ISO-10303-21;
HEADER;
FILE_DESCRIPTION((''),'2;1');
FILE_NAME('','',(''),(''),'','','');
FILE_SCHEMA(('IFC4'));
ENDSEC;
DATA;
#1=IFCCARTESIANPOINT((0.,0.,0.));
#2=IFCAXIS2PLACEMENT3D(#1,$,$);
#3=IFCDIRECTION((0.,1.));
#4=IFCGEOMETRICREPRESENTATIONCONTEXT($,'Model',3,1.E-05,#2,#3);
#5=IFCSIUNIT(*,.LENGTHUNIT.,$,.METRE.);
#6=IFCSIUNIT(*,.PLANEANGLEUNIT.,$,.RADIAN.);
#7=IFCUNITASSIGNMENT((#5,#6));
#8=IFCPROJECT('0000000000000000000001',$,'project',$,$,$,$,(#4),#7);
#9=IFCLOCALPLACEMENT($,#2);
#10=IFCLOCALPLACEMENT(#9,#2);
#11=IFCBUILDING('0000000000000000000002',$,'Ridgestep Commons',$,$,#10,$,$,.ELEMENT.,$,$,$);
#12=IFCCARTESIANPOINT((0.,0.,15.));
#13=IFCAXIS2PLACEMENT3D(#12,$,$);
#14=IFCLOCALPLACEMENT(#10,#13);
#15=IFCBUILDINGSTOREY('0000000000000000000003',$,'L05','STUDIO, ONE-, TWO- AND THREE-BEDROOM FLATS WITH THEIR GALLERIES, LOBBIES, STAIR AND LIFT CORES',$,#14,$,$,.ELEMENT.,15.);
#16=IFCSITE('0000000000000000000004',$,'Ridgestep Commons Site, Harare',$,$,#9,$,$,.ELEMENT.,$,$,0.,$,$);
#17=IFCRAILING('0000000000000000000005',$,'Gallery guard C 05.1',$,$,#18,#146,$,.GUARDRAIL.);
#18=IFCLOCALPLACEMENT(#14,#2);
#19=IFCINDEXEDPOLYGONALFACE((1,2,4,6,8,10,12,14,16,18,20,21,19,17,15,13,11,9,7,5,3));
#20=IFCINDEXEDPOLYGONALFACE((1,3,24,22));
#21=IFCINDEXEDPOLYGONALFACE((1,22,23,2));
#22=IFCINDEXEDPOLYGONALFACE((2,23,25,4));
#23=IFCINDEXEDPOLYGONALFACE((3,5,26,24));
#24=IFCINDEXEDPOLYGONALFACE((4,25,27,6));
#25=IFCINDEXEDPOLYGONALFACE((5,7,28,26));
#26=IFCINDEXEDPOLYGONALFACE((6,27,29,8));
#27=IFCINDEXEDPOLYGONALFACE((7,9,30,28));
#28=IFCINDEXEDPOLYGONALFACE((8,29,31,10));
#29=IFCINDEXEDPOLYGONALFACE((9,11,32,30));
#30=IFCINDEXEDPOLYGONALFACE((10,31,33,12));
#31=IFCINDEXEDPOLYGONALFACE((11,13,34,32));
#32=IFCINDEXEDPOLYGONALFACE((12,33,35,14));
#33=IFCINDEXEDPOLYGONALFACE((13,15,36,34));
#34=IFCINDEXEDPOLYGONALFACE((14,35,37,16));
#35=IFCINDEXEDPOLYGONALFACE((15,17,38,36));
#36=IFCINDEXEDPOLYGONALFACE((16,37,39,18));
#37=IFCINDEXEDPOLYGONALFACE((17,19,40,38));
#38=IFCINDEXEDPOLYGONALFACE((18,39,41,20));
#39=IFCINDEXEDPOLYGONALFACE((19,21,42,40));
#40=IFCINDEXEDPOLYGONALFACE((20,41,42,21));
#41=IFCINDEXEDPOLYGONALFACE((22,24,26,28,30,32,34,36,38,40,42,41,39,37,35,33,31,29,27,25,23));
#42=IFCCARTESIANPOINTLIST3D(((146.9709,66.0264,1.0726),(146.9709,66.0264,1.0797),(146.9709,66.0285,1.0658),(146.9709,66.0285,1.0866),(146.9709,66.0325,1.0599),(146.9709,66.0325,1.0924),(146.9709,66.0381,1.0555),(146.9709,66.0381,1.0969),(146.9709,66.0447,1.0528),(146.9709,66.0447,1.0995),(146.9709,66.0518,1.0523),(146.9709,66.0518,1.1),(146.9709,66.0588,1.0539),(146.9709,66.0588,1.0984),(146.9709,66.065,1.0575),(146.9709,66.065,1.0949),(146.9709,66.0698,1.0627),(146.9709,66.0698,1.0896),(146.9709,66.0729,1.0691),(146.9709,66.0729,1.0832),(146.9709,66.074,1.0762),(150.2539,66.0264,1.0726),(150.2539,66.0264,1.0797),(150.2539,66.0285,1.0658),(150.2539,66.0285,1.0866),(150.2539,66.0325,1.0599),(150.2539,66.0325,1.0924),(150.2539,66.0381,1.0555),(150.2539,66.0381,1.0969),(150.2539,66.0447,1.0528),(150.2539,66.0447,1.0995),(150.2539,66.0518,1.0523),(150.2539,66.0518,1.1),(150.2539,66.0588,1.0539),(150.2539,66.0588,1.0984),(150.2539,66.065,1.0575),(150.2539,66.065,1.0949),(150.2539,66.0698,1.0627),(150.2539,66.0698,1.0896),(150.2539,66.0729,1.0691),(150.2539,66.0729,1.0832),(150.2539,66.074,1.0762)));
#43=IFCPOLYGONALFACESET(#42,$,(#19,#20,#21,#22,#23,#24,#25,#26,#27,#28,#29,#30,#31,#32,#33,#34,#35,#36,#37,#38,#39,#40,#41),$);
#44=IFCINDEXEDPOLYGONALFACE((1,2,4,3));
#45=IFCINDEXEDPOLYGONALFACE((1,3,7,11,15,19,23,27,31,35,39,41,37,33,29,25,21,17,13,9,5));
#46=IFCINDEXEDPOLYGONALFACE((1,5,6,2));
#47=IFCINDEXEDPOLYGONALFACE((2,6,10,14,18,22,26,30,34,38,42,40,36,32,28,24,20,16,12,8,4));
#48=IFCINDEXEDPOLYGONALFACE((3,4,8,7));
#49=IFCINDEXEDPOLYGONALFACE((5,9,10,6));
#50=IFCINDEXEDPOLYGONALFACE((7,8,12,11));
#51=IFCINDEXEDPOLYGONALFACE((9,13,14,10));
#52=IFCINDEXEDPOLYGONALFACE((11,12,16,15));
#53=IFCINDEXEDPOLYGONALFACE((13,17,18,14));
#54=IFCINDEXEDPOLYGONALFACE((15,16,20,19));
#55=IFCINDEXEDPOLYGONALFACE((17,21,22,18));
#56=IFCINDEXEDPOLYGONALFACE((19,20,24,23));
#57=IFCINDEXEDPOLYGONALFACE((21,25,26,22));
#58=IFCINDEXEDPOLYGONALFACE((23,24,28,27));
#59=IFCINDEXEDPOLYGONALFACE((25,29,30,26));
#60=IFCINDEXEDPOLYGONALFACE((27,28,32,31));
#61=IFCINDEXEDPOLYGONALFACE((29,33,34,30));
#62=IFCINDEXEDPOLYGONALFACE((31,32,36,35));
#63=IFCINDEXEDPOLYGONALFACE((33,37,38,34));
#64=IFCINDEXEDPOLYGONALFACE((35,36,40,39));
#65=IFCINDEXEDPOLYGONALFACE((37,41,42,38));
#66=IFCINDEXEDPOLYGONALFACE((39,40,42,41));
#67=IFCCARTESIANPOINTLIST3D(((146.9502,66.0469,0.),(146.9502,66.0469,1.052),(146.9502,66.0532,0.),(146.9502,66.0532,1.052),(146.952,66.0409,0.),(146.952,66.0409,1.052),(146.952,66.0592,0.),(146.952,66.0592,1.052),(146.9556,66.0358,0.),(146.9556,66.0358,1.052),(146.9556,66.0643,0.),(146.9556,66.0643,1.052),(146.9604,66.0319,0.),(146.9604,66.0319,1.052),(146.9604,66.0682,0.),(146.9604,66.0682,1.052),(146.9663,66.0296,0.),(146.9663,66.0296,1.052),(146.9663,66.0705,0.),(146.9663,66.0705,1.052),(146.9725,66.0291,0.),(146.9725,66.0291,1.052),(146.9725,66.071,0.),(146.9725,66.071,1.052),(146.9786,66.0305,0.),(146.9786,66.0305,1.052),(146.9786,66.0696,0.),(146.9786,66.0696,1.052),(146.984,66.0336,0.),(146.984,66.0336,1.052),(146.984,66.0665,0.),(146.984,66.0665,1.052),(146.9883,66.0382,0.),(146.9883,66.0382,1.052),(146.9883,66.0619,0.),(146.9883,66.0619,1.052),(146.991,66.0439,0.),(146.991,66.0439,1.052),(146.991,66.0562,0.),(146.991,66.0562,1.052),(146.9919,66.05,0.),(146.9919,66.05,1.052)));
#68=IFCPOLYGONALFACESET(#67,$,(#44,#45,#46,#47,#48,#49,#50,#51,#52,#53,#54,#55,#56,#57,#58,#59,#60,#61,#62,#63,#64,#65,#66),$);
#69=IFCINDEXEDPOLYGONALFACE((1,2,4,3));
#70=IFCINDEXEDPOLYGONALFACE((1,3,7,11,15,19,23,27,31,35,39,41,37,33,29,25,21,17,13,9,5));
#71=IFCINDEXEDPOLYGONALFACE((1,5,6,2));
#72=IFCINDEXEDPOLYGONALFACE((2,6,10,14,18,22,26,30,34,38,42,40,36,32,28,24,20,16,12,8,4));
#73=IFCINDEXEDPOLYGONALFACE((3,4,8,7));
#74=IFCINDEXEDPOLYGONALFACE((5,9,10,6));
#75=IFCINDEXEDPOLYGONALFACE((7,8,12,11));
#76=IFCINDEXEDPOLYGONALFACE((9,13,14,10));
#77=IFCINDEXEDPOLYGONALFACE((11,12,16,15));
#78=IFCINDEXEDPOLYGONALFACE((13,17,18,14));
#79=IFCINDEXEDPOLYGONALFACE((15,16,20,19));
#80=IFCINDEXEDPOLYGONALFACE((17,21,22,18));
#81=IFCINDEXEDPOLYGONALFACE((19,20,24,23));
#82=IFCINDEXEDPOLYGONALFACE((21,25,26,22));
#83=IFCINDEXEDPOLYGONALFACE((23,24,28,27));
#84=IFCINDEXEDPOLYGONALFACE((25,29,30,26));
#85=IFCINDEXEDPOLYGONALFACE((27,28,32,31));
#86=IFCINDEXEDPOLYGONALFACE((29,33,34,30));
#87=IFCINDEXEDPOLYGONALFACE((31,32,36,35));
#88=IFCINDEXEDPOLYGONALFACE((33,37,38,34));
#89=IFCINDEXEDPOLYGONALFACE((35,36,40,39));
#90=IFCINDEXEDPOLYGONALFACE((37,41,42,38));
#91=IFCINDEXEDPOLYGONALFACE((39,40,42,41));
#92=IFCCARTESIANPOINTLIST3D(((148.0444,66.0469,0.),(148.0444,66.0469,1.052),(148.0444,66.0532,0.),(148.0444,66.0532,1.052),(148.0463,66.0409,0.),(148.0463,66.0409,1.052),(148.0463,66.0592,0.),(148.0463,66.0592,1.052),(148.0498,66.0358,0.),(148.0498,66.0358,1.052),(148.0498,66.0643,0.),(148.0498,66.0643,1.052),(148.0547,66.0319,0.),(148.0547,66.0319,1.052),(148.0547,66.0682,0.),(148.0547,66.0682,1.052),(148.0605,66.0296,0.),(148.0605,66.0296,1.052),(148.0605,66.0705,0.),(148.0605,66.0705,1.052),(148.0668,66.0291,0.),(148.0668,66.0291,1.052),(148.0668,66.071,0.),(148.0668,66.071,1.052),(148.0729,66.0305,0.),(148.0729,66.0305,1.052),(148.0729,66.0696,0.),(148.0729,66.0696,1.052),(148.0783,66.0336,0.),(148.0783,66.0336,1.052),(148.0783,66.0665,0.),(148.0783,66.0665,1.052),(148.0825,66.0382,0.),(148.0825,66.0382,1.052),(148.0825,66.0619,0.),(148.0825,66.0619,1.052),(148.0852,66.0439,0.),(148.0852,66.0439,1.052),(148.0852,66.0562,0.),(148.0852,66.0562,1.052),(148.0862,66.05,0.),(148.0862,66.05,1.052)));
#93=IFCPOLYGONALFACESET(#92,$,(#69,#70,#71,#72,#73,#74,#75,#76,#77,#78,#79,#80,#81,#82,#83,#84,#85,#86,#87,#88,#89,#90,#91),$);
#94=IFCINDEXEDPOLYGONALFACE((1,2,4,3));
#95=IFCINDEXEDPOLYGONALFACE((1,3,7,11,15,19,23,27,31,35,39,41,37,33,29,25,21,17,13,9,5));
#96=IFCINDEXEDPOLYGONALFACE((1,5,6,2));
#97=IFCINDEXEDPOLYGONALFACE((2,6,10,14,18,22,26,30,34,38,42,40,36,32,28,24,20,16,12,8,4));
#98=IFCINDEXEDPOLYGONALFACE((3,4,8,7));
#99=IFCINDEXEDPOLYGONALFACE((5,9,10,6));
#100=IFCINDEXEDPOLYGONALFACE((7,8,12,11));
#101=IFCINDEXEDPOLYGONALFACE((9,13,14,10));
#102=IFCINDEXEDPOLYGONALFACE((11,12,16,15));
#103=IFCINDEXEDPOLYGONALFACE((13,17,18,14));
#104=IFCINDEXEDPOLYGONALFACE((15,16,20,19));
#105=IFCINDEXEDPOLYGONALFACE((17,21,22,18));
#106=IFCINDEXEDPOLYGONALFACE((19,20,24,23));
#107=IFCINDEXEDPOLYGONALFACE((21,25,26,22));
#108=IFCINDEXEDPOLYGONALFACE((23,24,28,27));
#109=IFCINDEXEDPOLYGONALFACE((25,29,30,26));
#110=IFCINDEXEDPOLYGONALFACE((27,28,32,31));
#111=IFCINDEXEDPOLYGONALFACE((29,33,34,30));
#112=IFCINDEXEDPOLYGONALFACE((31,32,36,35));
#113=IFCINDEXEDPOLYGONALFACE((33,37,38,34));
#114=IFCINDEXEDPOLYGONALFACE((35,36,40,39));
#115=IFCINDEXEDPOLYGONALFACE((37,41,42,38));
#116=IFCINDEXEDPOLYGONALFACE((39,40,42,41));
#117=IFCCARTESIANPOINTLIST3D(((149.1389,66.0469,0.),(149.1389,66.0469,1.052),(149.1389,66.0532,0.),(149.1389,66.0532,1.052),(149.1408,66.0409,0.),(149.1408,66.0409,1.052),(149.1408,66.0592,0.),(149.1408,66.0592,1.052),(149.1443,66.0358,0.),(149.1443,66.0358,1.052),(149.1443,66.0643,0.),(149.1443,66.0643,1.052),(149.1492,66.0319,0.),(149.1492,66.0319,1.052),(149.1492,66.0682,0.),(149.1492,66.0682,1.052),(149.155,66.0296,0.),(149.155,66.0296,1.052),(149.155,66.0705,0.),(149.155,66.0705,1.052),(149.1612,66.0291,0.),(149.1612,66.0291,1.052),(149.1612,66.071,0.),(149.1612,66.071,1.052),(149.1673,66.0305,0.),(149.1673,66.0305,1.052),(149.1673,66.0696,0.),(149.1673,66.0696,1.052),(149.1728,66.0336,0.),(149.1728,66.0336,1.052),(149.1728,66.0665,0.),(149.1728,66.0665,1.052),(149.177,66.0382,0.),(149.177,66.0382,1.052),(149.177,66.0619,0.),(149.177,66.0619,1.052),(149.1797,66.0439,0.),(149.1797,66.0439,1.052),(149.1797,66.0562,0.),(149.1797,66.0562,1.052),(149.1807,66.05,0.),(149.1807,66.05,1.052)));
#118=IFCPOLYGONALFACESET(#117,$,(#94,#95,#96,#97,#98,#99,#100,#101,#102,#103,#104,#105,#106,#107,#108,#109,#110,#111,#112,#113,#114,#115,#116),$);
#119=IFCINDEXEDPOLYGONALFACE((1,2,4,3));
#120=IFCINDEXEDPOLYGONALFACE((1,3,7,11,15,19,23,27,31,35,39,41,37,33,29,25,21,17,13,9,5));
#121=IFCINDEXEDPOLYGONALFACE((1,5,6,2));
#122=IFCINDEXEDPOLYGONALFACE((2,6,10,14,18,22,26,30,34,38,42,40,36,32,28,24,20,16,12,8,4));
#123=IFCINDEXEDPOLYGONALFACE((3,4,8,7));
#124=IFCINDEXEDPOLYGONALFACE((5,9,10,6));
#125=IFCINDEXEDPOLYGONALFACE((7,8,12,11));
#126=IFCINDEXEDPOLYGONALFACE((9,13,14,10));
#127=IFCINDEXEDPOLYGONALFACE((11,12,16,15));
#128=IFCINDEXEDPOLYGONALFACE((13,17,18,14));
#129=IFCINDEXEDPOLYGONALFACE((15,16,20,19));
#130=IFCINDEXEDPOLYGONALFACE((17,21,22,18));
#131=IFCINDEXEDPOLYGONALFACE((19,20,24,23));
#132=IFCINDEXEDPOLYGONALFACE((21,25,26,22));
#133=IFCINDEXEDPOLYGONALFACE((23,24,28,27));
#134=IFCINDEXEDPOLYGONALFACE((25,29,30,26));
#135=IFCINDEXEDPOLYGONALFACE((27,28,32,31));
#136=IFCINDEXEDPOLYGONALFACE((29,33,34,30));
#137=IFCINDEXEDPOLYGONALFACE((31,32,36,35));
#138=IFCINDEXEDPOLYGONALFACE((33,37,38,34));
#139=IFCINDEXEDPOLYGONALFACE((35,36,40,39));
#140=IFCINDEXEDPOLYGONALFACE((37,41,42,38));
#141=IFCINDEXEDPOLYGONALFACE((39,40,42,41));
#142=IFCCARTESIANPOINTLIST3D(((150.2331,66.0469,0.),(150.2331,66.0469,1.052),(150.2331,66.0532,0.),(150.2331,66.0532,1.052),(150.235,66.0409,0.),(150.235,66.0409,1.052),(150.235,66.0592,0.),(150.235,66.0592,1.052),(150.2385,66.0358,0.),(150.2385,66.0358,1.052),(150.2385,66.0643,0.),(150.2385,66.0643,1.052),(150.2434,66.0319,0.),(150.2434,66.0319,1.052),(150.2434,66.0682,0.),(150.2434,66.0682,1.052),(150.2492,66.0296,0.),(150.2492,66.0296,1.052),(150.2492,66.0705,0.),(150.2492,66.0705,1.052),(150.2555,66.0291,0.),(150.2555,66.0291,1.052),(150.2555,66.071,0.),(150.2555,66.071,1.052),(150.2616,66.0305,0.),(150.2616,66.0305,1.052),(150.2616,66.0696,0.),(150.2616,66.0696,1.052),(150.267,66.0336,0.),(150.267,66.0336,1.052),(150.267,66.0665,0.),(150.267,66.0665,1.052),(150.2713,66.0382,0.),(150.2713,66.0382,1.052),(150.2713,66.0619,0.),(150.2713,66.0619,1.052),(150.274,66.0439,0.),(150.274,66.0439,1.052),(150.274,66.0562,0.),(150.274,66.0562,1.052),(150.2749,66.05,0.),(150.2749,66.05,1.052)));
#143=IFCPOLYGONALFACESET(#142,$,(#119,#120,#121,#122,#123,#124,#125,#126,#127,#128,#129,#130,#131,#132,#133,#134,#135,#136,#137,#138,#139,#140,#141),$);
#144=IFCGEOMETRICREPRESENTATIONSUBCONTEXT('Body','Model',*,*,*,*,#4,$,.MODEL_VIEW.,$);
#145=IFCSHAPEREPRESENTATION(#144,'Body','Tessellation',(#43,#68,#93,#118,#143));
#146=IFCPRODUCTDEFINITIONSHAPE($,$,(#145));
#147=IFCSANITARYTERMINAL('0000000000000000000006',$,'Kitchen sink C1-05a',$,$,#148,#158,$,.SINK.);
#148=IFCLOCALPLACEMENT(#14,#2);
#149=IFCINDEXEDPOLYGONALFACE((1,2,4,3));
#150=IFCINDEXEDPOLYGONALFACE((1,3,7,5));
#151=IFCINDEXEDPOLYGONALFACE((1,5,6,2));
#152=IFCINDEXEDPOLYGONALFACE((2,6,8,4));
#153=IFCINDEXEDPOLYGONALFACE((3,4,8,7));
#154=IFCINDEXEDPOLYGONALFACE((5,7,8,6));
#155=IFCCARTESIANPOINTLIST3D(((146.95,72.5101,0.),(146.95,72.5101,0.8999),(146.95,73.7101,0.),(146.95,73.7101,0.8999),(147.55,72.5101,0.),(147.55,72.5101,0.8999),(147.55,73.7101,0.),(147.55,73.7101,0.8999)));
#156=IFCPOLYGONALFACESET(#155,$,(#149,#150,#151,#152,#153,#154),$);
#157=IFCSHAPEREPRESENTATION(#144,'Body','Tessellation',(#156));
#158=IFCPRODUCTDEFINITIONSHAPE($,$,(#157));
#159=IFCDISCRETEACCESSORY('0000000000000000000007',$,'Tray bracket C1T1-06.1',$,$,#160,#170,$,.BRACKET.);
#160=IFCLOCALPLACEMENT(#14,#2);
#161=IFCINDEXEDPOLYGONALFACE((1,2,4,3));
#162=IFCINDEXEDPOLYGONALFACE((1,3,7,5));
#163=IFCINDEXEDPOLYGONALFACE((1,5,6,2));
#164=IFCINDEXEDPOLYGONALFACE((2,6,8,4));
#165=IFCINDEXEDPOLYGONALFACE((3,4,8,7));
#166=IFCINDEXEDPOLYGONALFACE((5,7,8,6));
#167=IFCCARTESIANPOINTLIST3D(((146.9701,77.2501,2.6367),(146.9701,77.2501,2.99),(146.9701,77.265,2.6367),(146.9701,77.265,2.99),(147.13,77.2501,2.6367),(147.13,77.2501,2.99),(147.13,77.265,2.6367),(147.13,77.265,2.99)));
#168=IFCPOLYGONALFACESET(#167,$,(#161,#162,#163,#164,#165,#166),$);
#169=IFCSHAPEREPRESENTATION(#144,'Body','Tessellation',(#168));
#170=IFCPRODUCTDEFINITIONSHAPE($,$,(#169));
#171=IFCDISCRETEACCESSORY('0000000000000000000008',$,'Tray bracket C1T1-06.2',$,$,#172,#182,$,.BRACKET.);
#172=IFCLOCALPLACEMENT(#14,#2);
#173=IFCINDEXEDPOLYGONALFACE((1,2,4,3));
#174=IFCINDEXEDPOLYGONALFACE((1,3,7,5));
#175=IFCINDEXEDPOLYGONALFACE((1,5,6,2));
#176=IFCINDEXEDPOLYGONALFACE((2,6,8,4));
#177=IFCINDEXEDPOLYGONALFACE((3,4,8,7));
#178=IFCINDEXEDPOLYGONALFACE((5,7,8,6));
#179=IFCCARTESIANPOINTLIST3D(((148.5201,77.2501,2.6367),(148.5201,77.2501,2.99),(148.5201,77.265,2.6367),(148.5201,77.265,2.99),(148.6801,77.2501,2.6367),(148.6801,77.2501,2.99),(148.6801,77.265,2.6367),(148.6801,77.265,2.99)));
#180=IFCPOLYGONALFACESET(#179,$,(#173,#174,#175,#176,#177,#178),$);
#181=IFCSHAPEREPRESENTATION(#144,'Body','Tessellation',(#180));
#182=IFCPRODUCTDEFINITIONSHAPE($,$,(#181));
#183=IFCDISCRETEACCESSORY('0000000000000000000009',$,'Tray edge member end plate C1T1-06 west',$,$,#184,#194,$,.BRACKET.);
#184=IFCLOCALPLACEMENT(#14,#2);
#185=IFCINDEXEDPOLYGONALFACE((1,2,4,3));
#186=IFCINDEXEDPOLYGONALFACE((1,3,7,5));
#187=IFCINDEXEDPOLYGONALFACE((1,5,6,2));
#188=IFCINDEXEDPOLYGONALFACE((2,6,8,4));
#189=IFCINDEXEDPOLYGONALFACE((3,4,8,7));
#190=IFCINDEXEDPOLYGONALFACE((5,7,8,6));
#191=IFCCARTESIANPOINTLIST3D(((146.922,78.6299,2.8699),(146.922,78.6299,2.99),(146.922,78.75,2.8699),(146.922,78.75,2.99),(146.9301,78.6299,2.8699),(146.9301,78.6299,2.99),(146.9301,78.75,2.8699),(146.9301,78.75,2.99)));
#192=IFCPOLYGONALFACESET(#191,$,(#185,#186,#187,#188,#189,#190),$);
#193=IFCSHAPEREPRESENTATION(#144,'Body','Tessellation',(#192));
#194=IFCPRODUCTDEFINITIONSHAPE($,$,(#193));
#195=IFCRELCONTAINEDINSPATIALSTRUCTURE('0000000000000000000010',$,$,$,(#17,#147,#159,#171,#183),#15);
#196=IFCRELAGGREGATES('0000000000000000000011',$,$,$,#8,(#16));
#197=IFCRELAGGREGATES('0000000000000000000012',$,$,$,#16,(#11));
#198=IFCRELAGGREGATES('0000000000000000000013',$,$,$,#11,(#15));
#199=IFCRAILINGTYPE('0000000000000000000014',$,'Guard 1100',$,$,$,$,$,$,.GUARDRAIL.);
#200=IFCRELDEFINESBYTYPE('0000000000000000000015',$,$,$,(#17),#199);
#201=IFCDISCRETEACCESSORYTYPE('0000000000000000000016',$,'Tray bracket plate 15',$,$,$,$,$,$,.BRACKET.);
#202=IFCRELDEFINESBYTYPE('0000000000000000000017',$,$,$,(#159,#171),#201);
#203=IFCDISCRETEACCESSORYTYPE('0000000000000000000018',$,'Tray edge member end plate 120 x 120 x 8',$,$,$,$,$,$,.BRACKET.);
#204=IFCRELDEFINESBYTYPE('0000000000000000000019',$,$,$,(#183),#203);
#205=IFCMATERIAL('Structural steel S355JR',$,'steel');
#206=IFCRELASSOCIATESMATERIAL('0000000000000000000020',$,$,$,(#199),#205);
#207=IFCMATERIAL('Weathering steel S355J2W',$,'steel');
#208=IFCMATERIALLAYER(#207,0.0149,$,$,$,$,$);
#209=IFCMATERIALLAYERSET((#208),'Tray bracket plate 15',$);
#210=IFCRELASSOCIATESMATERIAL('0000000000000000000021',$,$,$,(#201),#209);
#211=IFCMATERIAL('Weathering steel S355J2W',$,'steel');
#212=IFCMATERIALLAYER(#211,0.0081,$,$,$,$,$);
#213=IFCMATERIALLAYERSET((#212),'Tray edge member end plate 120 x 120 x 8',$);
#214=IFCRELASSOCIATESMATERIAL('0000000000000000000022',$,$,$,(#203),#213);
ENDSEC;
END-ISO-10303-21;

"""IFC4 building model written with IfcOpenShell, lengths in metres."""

from ifc_helpers import new_model, si_unit, direction, frame, origin, origin_2d, place, context, subcontext, project, spatial, rectangle, circle, extrude, material, layer, layer_set, type_object, element, save


model = new_model("IFC4")

# Units and contexts
model_context = context("Model", 3, precision=1e-05, world=origin(), true_north=direction((0.0, 1.0)))
body_context = subcontext(model_context, "Body", "Model", "MODEL_VIEW")
ifc_project = project(units=[si_unit("LENGTHUNIT", "METRE"), si_unit("PLANEANGLEUNIT", "RADIAN")], contexts=[model_context])

# Site, building, storey
site_placement = place(None, origin())
site = spatial("IfcSite", under=ifc_project, at=site_placement, Name="Ridgestep Commons Site, Harare", CompositionType="ELEMENT", RefElevation=0.0)
building_placement = place(site_placement, origin())
building = spatial("IfcBuilding", under=site, at=building_placement, Name="Ridgestep Commons", CompositionType="ELEMENT")
storey_placement = place(building_placement, frame((0.0, 0.0, 15.0)))
storey = spatial("IfcBuildingStorey", under=building, at=storey_placement, Name="L05", Description="STUDIO, ONE-, TWO- AND THREE-BEDROOM FLATS WITH THEIR GALLERIES, LOBBIES, STAIR AND LIFT CORES", CompositionType="ELEMENT", Elevation=15.0)

# Railing
ifc_material_1 = material(Name="Structural steel S355JR", Category="steel")
railing_type = type_object("IfcRailingType", Name="Guard 1100", PredefinedType="GUARDRAIL", material=ifc_material_1)
railing_placement = place(storey_placement, frame((146.9709, 66.05, 0.0)))
element("IfcRailing", 1, at=railing_placement, inside=storey, type_object=railing_type, Name="Gallery guard C 05.1", PredefinedType="GUARDRAIL", context=body_context, shape_type="SweptSolid", body=[
    extrude(circle(Radius=0.0239, at=origin_2d()), frame((0.0, 0.0, 1.0762), z_axis=(1.0, 0.0, 0.0), x_axis=(0.0, 1.0, 0.0)), (0.0, 0.0, 1.0), 3.283),
    extrude(circle(Radius=0.021, at=origin_2d()), origin(), (0.0, 0.0, 1.0), 1.052),
    extrude(circle(Radius=0.021, at=origin_2d()), frame((1.0942, 0.0, 0.0)), (0.0, 0.0, 1.0), 1.052),
    extrude(circle(Radius=0.021, at=origin_2d()), frame((2.1887, 0.0, 0.0)), (0.0, 0.0, 1.0), 1.052),
    extrude(circle(Radius=0.021, at=origin_2d()), frame((3.283, 0.0, 0.0)), (0.0, 0.0, 1.0), 1.052),
])

# Sanitary terminal
sanitary_terminal_placement = place(storey_placement, frame((147.25, 73.1101, 0.0), z_axis=(0.0, 0.0, 1.0), x_axis=(1.0, 0.0, 0.0)))
element("IfcSanitaryTerminal", 2, at=sanitary_terminal_placement, inside=storey, Name="Kitchen sink C1-05a", PredefinedType="SINK", context=body_context, shape_type="SweptSolid", body=[
    extrude(rectangle(XDim=0.6001, YDim=1.2, at=origin_2d()), origin(), (0.0, 0.0, 1.0), 0.8999),
])

# Discrete accessories
ifc_material_2 = material(Name="Weathering steel S355J2W", Category="steel")
ifc_layer_1 = layer(ifc_material_2, 0.0149)
ifc_layer_set_1 = layer_set([ifc_layer_1], Name="Tray bracket plate 15")
discrete_accessory_type_1 = type_object("IfcDiscreteAccessoryType", Name="Tray bracket plate 15", PredefinedType="BRACKET", material=ifc_layer_set_1)
for number, where, z_axis, x_axis, name in (
    (3, (147.05, 77.2576, 2.6367), (0.0, 0.0, 1.0), (1.0, 0.0, 0.0), "Tray bracket C1T1-06.1"),
    (4, (148.6001, 77.2576, 2.6367), (0.0, 0.0, 1.0), (1.0, 0.0, 0.0), "Tray bracket C1T1-06.2"),
):
    element("IfcDiscreteAccessory", number, at=place(storey_placement, frame(where, z_axis=z_axis, x_axis=x_axis)), inside=storey, type_object=discrete_accessory_type_1, Name=name, PredefinedType="BRACKET", context=body_context, shape_type="SweptSolid", body=[
        extrude(rectangle(XDim=0.1599, YDim=0.0149, at=origin_2d()), origin(), (0.0, 0.0, 1.0), 0.3533),
    ])
ifc_material_3 = material(Name="Weathering steel S355J2W", Category="steel")
ifc_layer_2 = layer(ifc_material_3, 0.0081)
ifc_layer_set_2 = layer_set([ifc_layer_2], Name="Tray edge member end plate 120 x 120 x 8")
discrete_accessory_type_2 = type_object("IfcDiscreteAccessoryType", Name="Tray edge member end plate 120 x 120 x 8", PredefinedType="BRACKET", material=ifc_layer_set_2)
discrete_accessory_placement = place(storey_placement, frame((146.926, 78.6899, 2.8699), z_axis=(0.0, 0.0, 1.0), x_axis=(1.0, 0.0, 0.0)))
element("IfcDiscreteAccessory", 5, at=discrete_accessory_placement, inside=storey, type_object=discrete_accessory_type_2, Name="Tray edge member end plate C1T1-06 west", PredefinedType="BRACKET", context=body_context, shape_type="SweptSolid", body=[
    extrude(rectangle(XDim=0.0081, YDim=0.1201, at=origin_2d()), origin(), (0.0, 0.0, 1.0), 0.1201),
])

save(model, "model.ifc")
